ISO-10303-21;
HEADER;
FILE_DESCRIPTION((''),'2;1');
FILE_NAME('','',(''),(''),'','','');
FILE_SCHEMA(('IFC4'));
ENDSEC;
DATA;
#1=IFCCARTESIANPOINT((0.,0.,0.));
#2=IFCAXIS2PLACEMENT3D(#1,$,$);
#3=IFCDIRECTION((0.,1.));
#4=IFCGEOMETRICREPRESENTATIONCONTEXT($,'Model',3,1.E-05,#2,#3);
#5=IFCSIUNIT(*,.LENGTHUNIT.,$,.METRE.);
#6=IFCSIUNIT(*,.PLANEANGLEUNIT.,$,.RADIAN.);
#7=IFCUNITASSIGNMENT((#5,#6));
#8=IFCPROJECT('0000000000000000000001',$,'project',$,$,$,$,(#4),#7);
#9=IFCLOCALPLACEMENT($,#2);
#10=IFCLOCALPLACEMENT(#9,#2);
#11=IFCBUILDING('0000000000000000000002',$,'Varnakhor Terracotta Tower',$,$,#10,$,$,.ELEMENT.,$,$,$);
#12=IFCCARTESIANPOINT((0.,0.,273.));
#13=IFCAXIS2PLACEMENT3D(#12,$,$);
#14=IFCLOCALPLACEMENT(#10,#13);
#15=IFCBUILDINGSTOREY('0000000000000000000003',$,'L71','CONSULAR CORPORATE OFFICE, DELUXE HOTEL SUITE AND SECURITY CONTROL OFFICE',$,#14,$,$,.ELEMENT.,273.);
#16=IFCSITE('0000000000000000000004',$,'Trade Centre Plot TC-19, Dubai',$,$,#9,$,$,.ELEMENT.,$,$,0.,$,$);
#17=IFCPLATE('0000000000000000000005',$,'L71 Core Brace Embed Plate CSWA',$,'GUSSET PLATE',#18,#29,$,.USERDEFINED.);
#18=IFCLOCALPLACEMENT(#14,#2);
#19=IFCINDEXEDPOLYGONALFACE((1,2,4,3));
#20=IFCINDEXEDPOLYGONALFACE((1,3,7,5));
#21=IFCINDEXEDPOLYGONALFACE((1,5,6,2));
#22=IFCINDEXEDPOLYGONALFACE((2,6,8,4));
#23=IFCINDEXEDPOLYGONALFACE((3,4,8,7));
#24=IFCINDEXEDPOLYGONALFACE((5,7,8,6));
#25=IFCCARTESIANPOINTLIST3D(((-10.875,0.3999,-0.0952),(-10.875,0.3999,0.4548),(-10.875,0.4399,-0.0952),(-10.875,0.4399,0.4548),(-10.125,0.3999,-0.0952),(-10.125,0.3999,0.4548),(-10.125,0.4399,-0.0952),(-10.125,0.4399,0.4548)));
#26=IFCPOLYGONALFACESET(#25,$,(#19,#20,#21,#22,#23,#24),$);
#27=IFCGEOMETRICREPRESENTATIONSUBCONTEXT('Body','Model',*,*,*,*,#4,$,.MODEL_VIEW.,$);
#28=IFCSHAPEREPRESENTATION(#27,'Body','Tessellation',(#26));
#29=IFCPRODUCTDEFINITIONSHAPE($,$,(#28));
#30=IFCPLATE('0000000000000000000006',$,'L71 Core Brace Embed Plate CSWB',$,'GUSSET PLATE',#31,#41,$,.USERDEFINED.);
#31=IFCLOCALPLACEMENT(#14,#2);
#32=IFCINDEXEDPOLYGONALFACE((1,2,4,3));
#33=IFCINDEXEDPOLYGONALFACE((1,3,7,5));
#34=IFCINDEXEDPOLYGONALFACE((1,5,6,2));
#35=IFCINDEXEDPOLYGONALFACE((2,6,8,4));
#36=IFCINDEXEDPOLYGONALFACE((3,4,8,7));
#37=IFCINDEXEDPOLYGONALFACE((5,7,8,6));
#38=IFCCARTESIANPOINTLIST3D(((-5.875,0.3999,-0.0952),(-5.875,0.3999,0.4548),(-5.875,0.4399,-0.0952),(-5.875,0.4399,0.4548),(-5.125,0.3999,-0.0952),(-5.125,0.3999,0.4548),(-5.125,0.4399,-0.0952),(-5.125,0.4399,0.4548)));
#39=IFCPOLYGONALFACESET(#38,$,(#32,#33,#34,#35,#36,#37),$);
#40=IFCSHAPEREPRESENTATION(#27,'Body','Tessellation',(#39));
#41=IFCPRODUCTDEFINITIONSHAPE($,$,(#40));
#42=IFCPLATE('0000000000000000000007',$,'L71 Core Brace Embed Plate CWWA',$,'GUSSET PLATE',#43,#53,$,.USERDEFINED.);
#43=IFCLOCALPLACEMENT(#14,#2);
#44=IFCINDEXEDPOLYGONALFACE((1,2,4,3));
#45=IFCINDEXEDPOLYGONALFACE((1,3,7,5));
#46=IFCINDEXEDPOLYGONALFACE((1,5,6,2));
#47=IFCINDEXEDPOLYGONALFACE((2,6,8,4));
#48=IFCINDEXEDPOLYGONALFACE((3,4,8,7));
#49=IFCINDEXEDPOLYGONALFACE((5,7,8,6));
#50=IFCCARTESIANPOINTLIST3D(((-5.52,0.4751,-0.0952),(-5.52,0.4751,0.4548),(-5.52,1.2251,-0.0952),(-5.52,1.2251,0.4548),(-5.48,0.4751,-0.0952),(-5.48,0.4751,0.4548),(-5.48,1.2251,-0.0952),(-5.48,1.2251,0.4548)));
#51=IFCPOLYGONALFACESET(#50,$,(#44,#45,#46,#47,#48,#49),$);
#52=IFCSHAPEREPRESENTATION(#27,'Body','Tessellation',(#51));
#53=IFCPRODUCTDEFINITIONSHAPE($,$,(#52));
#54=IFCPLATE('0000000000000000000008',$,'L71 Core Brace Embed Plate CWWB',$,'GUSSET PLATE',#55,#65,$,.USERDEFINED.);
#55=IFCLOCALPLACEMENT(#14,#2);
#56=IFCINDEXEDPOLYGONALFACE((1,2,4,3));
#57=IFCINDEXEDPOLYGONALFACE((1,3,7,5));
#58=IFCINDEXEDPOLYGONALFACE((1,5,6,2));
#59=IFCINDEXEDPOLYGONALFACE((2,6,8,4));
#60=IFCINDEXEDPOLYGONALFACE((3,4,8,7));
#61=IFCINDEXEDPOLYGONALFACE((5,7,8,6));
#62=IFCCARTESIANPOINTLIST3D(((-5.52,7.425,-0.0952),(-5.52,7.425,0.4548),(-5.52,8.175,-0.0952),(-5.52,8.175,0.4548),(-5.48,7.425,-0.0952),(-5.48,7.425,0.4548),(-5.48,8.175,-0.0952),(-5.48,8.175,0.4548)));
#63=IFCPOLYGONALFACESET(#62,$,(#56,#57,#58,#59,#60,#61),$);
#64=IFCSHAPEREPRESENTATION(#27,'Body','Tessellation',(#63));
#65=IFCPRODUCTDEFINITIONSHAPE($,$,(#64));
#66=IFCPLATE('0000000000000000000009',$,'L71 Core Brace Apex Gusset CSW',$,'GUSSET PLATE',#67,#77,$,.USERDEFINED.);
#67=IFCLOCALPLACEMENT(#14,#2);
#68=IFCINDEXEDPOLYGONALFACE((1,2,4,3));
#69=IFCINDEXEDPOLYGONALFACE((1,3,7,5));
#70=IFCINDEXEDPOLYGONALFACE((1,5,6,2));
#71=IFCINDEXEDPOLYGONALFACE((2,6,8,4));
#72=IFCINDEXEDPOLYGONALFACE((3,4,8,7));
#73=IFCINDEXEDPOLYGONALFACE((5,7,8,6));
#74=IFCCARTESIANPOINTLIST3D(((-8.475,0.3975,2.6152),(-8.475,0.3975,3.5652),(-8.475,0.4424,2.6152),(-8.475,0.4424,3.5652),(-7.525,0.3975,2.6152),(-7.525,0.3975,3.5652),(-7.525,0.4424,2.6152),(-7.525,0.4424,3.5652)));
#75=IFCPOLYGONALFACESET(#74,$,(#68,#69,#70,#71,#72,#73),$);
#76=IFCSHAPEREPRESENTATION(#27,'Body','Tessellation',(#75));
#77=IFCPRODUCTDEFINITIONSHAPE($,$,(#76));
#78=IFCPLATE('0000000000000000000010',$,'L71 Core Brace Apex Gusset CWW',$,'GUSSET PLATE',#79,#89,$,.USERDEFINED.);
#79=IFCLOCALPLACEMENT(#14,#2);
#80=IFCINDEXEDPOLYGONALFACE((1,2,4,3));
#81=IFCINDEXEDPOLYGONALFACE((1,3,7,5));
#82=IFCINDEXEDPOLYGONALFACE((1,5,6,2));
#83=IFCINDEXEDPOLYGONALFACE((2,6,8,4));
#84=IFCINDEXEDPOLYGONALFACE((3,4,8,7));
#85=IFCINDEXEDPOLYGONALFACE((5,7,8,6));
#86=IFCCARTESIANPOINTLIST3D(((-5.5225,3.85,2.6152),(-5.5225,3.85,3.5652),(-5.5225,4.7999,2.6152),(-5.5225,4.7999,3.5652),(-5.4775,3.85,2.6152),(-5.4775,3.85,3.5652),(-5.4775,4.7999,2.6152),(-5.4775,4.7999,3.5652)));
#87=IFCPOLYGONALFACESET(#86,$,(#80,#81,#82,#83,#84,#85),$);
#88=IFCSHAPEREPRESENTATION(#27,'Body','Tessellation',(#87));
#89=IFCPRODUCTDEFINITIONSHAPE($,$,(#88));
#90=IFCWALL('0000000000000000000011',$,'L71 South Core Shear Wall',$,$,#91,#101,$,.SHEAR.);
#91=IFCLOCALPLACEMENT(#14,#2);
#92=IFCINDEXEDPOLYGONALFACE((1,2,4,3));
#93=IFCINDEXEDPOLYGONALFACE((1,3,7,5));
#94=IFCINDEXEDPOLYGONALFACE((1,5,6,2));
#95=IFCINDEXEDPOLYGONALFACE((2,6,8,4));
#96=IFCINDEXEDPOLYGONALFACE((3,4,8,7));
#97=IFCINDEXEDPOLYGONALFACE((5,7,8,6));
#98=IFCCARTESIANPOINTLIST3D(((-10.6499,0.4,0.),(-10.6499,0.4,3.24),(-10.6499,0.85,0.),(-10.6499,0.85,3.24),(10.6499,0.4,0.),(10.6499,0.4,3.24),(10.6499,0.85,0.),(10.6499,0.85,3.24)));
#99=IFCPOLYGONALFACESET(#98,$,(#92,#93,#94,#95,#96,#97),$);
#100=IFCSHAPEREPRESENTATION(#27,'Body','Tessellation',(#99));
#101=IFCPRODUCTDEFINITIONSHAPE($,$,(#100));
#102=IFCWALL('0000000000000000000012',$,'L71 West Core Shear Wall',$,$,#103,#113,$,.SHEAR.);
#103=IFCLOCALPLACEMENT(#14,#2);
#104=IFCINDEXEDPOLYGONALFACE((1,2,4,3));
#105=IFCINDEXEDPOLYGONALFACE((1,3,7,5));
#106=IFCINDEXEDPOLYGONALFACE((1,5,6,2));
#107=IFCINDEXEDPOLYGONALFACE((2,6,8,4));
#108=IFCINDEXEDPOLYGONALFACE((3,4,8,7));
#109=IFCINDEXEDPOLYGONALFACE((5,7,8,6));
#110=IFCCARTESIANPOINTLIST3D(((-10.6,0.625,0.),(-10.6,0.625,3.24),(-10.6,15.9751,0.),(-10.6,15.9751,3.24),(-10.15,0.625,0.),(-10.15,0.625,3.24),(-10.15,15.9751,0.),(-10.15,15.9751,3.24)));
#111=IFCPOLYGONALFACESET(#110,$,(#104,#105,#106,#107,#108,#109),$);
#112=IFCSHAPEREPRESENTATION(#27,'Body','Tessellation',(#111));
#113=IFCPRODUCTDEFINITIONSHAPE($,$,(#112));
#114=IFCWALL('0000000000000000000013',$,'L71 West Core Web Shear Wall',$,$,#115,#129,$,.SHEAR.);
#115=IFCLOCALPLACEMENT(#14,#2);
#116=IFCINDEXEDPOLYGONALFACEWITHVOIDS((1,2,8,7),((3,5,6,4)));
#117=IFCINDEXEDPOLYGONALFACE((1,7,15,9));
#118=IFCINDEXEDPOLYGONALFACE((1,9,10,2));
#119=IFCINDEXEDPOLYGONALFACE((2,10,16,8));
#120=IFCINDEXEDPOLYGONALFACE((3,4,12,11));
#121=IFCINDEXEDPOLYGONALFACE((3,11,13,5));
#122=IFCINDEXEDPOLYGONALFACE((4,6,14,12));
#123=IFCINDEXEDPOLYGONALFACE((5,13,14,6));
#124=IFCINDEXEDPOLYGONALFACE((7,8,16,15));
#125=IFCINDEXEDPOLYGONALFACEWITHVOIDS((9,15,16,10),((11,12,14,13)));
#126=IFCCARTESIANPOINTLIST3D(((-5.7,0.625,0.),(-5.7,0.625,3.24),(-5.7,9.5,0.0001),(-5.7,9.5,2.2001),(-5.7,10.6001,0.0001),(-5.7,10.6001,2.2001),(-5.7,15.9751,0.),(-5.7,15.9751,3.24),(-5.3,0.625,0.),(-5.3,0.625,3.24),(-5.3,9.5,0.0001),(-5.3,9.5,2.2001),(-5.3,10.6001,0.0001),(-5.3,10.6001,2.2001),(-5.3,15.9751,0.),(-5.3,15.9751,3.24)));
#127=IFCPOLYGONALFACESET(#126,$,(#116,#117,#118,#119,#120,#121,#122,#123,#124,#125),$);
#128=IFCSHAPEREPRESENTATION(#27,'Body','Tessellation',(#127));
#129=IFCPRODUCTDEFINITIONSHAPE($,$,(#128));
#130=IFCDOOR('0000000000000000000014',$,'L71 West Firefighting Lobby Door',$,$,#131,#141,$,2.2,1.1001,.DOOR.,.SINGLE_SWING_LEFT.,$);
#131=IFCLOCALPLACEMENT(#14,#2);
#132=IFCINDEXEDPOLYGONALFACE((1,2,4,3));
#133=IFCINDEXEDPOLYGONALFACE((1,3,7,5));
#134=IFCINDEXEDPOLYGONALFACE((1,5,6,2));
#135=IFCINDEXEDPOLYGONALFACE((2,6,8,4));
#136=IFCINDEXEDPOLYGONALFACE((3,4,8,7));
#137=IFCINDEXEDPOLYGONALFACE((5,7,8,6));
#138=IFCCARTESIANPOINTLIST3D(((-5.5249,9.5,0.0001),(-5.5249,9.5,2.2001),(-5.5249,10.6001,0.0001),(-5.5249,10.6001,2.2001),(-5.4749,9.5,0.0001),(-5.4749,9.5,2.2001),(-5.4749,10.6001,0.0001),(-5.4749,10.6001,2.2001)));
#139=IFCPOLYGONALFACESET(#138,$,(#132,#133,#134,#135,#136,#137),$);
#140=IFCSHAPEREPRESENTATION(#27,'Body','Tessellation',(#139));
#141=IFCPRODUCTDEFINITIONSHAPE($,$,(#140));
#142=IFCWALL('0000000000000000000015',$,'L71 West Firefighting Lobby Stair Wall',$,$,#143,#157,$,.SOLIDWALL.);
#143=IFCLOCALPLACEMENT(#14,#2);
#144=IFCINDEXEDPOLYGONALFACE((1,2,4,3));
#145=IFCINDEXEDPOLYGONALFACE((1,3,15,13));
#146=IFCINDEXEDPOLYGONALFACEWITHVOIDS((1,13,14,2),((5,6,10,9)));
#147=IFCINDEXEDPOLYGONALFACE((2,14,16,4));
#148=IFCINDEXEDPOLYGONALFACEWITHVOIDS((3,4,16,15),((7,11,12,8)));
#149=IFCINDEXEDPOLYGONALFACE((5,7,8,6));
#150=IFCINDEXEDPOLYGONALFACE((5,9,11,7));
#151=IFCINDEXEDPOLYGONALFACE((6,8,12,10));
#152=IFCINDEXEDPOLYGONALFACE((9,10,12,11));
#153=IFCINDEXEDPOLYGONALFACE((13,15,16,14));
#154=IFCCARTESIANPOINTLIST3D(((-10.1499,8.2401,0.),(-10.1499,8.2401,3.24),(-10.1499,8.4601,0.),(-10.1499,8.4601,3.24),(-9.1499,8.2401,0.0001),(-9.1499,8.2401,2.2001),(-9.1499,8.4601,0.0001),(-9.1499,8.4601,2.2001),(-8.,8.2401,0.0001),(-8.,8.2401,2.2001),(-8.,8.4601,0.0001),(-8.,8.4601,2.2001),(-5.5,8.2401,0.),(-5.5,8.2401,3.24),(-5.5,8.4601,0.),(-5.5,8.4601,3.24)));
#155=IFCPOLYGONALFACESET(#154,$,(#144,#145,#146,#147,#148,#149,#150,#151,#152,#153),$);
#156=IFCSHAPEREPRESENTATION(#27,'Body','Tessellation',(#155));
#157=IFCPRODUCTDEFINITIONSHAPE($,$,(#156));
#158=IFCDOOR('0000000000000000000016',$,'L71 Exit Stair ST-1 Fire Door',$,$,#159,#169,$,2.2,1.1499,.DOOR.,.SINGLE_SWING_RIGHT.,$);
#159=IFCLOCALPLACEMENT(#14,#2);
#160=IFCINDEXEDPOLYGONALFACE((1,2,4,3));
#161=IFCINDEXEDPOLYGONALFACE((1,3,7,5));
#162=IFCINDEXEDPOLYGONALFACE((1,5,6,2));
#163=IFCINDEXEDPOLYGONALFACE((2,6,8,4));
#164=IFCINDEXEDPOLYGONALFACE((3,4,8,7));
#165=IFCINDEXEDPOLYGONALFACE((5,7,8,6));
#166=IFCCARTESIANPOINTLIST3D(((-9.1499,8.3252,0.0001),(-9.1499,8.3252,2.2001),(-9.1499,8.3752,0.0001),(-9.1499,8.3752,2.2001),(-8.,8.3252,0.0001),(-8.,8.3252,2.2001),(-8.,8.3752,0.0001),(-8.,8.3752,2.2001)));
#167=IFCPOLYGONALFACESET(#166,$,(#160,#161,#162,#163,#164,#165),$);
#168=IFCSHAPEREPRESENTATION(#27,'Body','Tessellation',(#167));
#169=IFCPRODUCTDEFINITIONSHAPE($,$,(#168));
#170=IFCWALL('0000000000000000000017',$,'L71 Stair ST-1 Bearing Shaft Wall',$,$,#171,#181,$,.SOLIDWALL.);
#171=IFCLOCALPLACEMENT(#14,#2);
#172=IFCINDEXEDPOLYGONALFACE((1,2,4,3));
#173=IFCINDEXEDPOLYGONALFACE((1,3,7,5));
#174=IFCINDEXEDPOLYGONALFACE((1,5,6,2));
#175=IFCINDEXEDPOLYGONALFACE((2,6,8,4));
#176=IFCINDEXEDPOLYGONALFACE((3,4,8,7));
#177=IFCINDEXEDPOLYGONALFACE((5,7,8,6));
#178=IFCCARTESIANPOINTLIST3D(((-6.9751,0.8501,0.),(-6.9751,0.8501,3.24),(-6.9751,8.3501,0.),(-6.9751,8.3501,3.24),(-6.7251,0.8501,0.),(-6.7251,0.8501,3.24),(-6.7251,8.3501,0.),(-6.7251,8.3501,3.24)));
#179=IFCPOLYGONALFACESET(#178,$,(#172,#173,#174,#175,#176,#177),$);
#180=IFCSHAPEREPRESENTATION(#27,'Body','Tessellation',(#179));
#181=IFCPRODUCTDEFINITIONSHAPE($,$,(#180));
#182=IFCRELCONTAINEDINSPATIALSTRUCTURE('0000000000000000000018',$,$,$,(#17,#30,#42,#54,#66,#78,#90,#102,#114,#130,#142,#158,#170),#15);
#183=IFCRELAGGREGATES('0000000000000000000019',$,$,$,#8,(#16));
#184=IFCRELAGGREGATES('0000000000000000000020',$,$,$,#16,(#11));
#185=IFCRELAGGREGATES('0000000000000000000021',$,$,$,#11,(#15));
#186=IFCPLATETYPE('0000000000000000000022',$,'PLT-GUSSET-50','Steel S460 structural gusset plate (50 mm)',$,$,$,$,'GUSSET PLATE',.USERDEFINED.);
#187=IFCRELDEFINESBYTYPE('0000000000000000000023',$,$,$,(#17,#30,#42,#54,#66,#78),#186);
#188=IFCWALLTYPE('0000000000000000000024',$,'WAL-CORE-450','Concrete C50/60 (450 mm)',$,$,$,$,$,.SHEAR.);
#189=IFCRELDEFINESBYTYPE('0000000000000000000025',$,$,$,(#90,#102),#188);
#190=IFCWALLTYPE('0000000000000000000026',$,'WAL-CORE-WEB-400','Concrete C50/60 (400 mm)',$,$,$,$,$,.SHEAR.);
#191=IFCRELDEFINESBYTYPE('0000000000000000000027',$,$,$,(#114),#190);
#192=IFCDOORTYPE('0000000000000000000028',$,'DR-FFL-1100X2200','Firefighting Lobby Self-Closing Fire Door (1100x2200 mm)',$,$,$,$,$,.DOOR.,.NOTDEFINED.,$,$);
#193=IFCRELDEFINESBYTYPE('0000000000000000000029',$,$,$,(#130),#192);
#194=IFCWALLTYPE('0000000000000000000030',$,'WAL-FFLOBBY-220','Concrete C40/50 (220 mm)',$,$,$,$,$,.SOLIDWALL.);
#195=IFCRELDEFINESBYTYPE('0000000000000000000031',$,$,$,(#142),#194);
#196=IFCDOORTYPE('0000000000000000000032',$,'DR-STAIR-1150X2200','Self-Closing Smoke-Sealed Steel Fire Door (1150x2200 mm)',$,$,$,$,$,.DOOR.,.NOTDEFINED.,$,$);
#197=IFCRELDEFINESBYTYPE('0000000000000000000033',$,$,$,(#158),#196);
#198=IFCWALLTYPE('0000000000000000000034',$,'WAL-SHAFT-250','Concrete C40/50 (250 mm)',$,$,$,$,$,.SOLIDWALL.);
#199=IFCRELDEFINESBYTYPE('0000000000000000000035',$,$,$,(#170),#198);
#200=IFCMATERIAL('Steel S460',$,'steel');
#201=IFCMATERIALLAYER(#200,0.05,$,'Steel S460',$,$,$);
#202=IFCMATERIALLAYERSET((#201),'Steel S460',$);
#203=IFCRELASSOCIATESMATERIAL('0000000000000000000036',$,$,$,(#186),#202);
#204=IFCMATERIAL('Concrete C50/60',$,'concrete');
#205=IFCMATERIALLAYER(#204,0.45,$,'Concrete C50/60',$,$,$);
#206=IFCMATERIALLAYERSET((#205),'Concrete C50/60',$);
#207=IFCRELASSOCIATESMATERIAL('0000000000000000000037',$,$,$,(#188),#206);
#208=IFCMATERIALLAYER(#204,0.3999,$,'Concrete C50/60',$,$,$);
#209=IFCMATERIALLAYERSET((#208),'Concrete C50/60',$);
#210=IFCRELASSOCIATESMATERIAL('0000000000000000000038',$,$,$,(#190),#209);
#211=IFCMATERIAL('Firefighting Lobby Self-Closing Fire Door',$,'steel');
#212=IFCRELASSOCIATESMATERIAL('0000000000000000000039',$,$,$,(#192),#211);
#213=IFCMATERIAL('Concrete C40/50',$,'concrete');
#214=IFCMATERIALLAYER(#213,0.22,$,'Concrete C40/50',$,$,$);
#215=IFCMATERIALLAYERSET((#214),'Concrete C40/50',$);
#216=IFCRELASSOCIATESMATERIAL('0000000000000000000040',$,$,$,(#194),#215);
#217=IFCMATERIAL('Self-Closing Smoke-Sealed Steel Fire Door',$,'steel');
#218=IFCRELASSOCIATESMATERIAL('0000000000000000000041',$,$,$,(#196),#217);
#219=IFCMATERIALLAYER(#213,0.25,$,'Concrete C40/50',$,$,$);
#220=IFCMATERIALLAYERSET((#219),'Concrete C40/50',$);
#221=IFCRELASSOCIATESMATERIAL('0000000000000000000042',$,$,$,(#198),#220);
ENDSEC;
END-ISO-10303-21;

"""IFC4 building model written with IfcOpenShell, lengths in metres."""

from ifc_helpers import new_model, si_unit, direction, frame, frame_2d, origin, origin_2d, place, context, subcontext, project, spatial, rectangle, extrude, source, transform, mapped, material, layer, layer_set, type_object, type_shapes, element, fill, save


model = new_model("IFC4")

# Units and contexts
model_context = context("Model", 3, precision=1e-05, world=origin(), true_north=direction((0.0, 1.0)))
body_context = subcontext(model_context, "Body", "Model", "MODEL_VIEW")
ifc_project = project(units=[si_unit("LENGTHUNIT", "METRE"), si_unit("PLANEANGLEUNIT", "RADIAN")], contexts=[model_context])

# Site, building, storey
site_placement = place(None, origin())
site = spatial("IfcSite", under=ifc_project, at=site_placement, Name="Trade Centre Plot TC-19, Dubai", CompositionType="ELEMENT", RefElevation=0.0)
building_placement = place(site_placement, origin())
building = spatial("IfcBuilding", under=site, at=building_placement, Name="Varnakhor Terracotta Tower", CompositionType="ELEMENT")
storey_placement = place(building_placement, frame((0.0, 0.0, 273.0)))
storey = spatial("IfcBuildingStorey", under=building, at=storey_placement, Name="L71", Description="CONSULAR CORPORATE OFFICE, DELUXE HOTEL SUITE AND SECURITY CONTROL OFFICE", CompositionType="ELEMENT", Elevation=273.0)

# Shared definitions
ifc_material_1 = material(Name="Concrete C50/60", Category="concrete")

# Plates
ifc_material_2 = material(Name="Steel S460", Category="steel")
ifc_layer_1 = layer(ifc_material_2, 0.05, Name="Steel S460")
ifc_layer_set_1 = layer_set([ifc_layer_1], Name="Steel S460")
plate_type = type_object("IfcPlateType", Name="PLT-GUSSET-50", Description="Steel S460 structural gusset plate (50 mm)", ElementType="GUSSET PLATE", PredefinedType="USERDEFINED", material=ifc_layer_set_1)
shared_shape_1 = source(origin(), body_context, "Body", "SweptSolid", [
    extrude(rectangle(XDim=0.75, YDim=0.04, at=origin_2d()), origin(), (0.0, 0.0, 1.0), 0.55),
])
type_shapes(plate_type, [shared_shape_1])
for number, where, z_axis, x_axis, name in (
    (1, (-10.5, 0.4199, -0.0952), (0.0, 0.0, 1.0), (1.0, 0.0, 0.0), "L71 Core Brace Embed Plate CSWA"),
    (2, (-5.5, 0.4199, -0.0952), (0.0, 0.0, 1.0), (1.0, 0.0, 0.0), "L71 Core Brace Embed Plate CSWB"),
    (3, (-5.5, 0.8501, -0.0952), (0.0, 0.0, 1.0), (0.0, 1.0, 0.0), "L71 Core Brace Embed Plate CWWA"),
    (4, (-5.5, 7.8, -0.0952), (0.0, 0.0, 1.0), (0.0, 1.0, 0.0), "L71 Core Brace Embed Plate CWWB"),
):
    element("IfcPlate", number, at=place(storey_placement, frame(where, z_axis=z_axis, x_axis=x_axis)), inside=storey, type_object=plate_type, Name=name, ObjectType="GUSSET PLATE", PredefinedType="USERDEFINED", context=body_context, shape_type="MappedRepresentation", body=[
        mapped(shared_shape_1, transform((0.0, 0.0, 0.0), scale=1.0)),
    ])
shared_shape_2 = source(origin(), body_context, "Body", "SweptSolid", [
    extrude(rectangle(XDim=0.95, YDim=0.0449, at=origin_2d()), origin(), (0.0, 0.0, 1.0), 0.95),
])
for number, where, z_axis, x_axis, name in (
    (5, (-8.0, 0.4199, 2.6152), (0.0, 0.0, 1.0), (1.0, 0.0, 0.0), "L71 Core Brace Apex Gusset CSW"),
    (6, (-5.5, 4.325, 2.6152), (0.0, 0.0, 1.0), (0.0, 1.0, 0.0), "L71 Core Brace Apex Gusset CWW"),
):
    element("IfcPlate", number, at=place(storey_placement, frame(where, z_axis=z_axis, x_axis=x_axis)), inside=storey, type_object=plate_type, Name=name, ObjectType="GUSSET PLATE", PredefinedType="USERDEFINED", context=body_context, shape_type="MappedRepresentation", body=[
        mapped(shared_shape_2, transform((0.0, 0.0, 0.0), scale=1.0)),
    ])

# Walls
ifc_layer_2 = layer(ifc_material_1, 0.45, Name="Concrete C50/60")
ifc_layer_set_2 = layer_set([ifc_layer_2], Name="Concrete C50/60")
wall_type_1 = type_object("IfcWallType", Name="WAL-CORE-450", Description="Concrete C50/60 (450 mm)", PredefinedType="SHEAR", material=ifc_layer_set_2)
wall_1_placement = place(storey_placement, frame((-10.6499, 0.625, 0.0), z_axis=(0.0, 0.0, 1.0), x_axis=(1.0, 0.0, 0.0)))
element("IfcWall", 7, at=wall_1_placement, inside=storey, type_object=wall_type_1, Name="L71 South Core Shear Wall", PredefinedType="SHEAR", context=body_context, shape_type="SweptSolid", body=[
    extrude(rectangle(XDim=21.2998, YDim=0.45, at=frame_2d((10.6499, 0.0))), origin(), (0.0, 0.0, 1.0), 3.24),
])
wall_2_placement = place(storey_placement, frame((-10.375, 0.625, 0.0), z_axis=(0.0, 0.0, 1.0), x_axis=(0.0, 1.0, 0.0)))
element("IfcWall", 8, at=wall_2_placement, inside=storey, type_object=wall_type_1, Name="L71 West Core Shear Wall", PredefinedType="SHEAR", context=body_context, shape_type="SweptSolid", body=[
    extrude(rectangle(XDim=15.3501, YDim=0.45, at=frame_2d((7.675, 0.0))), origin(), (0.0, 0.0, 1.0), 3.24),
])

# Walls, openings, doors
ifc_layer_3 = layer(ifc_material_1, 0.3999, Name="Concrete C50/60")
ifc_layer_set_3 = layer_set([ifc_layer_3], Name="Concrete C50/60")
wall_type_2 = type_object("IfcWallType", Name="WAL-CORE-WEB-400", Description="Concrete C50/60 (400 mm)", PredefinedType="SHEAR", material=ifc_layer_set_3)
wall_3_placement = place(storey_placement, frame((-5.5, 0.625, 0.0), z_axis=(0.0, 0.0, 1.0), x_axis=(0.0, 1.0, 0.0)))
wall_3 = element("IfcWall", 9, at=wall_3_placement, inside=storey, type_object=wall_type_2, Name="L71 West Core Web Shear Wall", PredefinedType="SHEAR", context=body_context, shape_type="SweptSolid", body=[
    extrude(rectangle(XDim=15.3501, YDim=0.3999, at=frame_2d((7.675, 0.0))), origin(), (0.0, 0.0, 1.0), 3.24),
])
opening_1_placement = place(wall_3_placement, frame((8.875, 0.0, 0.0)))
opening_1 = element("IfcOpeningElement", 10, at=opening_1_placement, cuts=wall_3, PredefinedType="OPENING", context=body_context, shape_type="SweptSolid", body=[
    extrude(rectangle(XDim=1.1001, YDim=2.2, at=frame_2d((0.55, 1.1001))), frame((0.0, 0.21, 0.0), z_axis=(0.0, -1.0, 0.0), x_axis=(1.0, 0.0, 0.0)), (0.0, 0.0, 1.0), 0.4199),
])
ifc_material_3 = material(Name="Firefighting Lobby Self-Closing Fire Door", Category="steel")
door_type_1 = type_object("IfcDoorType", Name="DR-FFL-1100X2200", Description="Firefighting Lobby Self-Closing Fire Door (1100x2200 mm)", OperationType="NOTDEFINED", PredefinedType="DOOR", material=ifc_material_3)
shared_shape_3 = source(origin(), body_context, "Body", "SweptSolid", [
    extrude(rectangle(XDim=1.1001, YDim=2.2, at=frame_2d((0.55, 1.1001))), frame((0.0, 0.0249, 0.0), z_axis=(0.0, -1.0, 0.0), x_axis=(1.0, 0.0, 0.0)), (0.0, 0.0, 1.0), 0.05),
])
type_shapes(door_type_1, [shared_shape_3])
door_1_placement = place(opening_1_placement, origin())
door_1 = element("IfcDoor", 11, at=door_1_placement, inside=storey, type_object=door_type_1, Name="L71 West Firefighting Lobby Door", OperationType="SINGLE_SWING_LEFT", OverallHeight=2.2, OverallWidth=1.1001, PredefinedType="DOOR", context=body_context, shape_type="MappedRepresentation", body=[
    mapped(shared_shape_3, transform((0.0, 0.0, 0.0), scale=1.0)),
])
fill(opening_1, door_1)
ifc_material_4 = material(Name="Concrete C40/50", Category="concrete")
ifc_layer_4 = layer(ifc_material_4, 0.22, Name="Concrete C40/50")
ifc_layer_set_4 = layer_set([ifc_layer_4], Name="Concrete C40/50")
wall_type_3 = type_object("IfcWallType", Name="WAL-FFLOBBY-220", Description="Concrete C40/50 (220 mm)", PredefinedType="SOLIDWALL", material=ifc_layer_set_4)
wall_4_placement = place(storey_placement, frame((-5.5, 8.3501, 0.0), z_axis=(0.0, 0.0, 1.0), x_axis=(-1.0, 0.0, 0.0)))
wall_4 = element("IfcWall", 12, at=wall_4_placement, inside=storey, type_object=wall_type_3, Name="L71 West Firefighting Lobby Stair Wall", PredefinedType="SOLIDWALL", context=body_context, shape_type="SweptSolid", body=[
    extrude(rectangle(XDim=4.6499, YDim=0.22, at=frame_2d((2.325, 0.0))), origin(), (0.0, 0.0, 1.0), 3.24),
])
opening_2_placement = place(wall_4_placement, frame((2.5, 0.0, 0.0)))
opening_2 = element("IfcOpeningElement", 13, at=opening_2_placement, cuts=wall_4, PredefinedType="OPENING", context=body_context, shape_type="SweptSolid", body=[
    extrude(rectangle(XDim=1.1499, YDim=2.2, at=frame_2d((0.575, 1.1001))), frame((0.0, 0.1201, 0.0), z_axis=(0.0, -1.0, 0.0), x_axis=(1.0, 0.0, 0.0)), (0.0, 0.0, 1.0), 0.24),
])
ifc_material_5 = material(Name="Self-Closing Smoke-Sealed Steel Fire Door", Category="steel")
door_type_2 = type_object("IfcDoorType", Name="DR-STAIR-1150X2200", Description="Self-Closing Smoke-Sealed Steel Fire Door (1150x2200 mm)", OperationType="NOTDEFINED", PredefinedType="DOOR", material=ifc_material_5)
shared_shape_4 = source(origin(), body_context, "Body", "SweptSolid", [
    extrude(rectangle(XDim=1.1499, YDim=2.2, at=frame_2d((0.575, 1.1001))), frame((0.0, 0.0249, 0.0), z_axis=(0.0, -1.0, 0.0), x_axis=(1.0, 0.0, 0.0)), (0.0, 0.0, 1.0), 0.05),
])
type_shapes(door_type_2, [shared_shape_4])
door_2_placement = place(opening_2_placement, origin())
door_2 = element("IfcDoor", 14, at=door_2_placement, inside=storey, type_object=door_type_2, Name="L71 Exit Stair ST-1 Fire Door", OperationType="SINGLE_SWING_RIGHT", OverallHeight=2.2, OverallWidth=1.1499, PredefinedType="DOOR", context=body_context, shape_type="MappedRepresentation", body=[
    mapped(shared_shape_4, transform((0.0, 0.0, 0.0), scale=1.0)),
])
fill(opening_2, door_2)

# Wall
ifc_layer_5 = layer(ifc_material_4, 0.25, Name="Concrete C40/50")
ifc_layer_set_5 = layer_set([ifc_layer_5], Name="Concrete C40/50")
wall_type_4 = type_object("IfcWallType", Name="WAL-SHAFT-250", Description="Concrete C40/50 (250 mm)", PredefinedType="SOLIDWALL", material=ifc_layer_set_5)
wall_5_placement = place(storey_placement, frame((-6.8501, 0.8501, 0.0), z_axis=(0.0, 0.0, 1.0), x_axis=(0.0, 1.0, 0.0)))
element("IfcWall", 15, at=wall_5_placement, inside=storey, type_object=wall_type_4, Name="L71 Stair ST-1 Bearing Shaft Wall", PredefinedType="SOLIDWALL", context=body_context, shape_type="SweptSolid", body=[
    extrude(rectangle(XDim=7.5, YDim=0.25, at=frame_2d((3.75, 0.0))), origin(), (0.0, 0.0, 1.0), 3.24),
])

save(model, "model.ifc")
